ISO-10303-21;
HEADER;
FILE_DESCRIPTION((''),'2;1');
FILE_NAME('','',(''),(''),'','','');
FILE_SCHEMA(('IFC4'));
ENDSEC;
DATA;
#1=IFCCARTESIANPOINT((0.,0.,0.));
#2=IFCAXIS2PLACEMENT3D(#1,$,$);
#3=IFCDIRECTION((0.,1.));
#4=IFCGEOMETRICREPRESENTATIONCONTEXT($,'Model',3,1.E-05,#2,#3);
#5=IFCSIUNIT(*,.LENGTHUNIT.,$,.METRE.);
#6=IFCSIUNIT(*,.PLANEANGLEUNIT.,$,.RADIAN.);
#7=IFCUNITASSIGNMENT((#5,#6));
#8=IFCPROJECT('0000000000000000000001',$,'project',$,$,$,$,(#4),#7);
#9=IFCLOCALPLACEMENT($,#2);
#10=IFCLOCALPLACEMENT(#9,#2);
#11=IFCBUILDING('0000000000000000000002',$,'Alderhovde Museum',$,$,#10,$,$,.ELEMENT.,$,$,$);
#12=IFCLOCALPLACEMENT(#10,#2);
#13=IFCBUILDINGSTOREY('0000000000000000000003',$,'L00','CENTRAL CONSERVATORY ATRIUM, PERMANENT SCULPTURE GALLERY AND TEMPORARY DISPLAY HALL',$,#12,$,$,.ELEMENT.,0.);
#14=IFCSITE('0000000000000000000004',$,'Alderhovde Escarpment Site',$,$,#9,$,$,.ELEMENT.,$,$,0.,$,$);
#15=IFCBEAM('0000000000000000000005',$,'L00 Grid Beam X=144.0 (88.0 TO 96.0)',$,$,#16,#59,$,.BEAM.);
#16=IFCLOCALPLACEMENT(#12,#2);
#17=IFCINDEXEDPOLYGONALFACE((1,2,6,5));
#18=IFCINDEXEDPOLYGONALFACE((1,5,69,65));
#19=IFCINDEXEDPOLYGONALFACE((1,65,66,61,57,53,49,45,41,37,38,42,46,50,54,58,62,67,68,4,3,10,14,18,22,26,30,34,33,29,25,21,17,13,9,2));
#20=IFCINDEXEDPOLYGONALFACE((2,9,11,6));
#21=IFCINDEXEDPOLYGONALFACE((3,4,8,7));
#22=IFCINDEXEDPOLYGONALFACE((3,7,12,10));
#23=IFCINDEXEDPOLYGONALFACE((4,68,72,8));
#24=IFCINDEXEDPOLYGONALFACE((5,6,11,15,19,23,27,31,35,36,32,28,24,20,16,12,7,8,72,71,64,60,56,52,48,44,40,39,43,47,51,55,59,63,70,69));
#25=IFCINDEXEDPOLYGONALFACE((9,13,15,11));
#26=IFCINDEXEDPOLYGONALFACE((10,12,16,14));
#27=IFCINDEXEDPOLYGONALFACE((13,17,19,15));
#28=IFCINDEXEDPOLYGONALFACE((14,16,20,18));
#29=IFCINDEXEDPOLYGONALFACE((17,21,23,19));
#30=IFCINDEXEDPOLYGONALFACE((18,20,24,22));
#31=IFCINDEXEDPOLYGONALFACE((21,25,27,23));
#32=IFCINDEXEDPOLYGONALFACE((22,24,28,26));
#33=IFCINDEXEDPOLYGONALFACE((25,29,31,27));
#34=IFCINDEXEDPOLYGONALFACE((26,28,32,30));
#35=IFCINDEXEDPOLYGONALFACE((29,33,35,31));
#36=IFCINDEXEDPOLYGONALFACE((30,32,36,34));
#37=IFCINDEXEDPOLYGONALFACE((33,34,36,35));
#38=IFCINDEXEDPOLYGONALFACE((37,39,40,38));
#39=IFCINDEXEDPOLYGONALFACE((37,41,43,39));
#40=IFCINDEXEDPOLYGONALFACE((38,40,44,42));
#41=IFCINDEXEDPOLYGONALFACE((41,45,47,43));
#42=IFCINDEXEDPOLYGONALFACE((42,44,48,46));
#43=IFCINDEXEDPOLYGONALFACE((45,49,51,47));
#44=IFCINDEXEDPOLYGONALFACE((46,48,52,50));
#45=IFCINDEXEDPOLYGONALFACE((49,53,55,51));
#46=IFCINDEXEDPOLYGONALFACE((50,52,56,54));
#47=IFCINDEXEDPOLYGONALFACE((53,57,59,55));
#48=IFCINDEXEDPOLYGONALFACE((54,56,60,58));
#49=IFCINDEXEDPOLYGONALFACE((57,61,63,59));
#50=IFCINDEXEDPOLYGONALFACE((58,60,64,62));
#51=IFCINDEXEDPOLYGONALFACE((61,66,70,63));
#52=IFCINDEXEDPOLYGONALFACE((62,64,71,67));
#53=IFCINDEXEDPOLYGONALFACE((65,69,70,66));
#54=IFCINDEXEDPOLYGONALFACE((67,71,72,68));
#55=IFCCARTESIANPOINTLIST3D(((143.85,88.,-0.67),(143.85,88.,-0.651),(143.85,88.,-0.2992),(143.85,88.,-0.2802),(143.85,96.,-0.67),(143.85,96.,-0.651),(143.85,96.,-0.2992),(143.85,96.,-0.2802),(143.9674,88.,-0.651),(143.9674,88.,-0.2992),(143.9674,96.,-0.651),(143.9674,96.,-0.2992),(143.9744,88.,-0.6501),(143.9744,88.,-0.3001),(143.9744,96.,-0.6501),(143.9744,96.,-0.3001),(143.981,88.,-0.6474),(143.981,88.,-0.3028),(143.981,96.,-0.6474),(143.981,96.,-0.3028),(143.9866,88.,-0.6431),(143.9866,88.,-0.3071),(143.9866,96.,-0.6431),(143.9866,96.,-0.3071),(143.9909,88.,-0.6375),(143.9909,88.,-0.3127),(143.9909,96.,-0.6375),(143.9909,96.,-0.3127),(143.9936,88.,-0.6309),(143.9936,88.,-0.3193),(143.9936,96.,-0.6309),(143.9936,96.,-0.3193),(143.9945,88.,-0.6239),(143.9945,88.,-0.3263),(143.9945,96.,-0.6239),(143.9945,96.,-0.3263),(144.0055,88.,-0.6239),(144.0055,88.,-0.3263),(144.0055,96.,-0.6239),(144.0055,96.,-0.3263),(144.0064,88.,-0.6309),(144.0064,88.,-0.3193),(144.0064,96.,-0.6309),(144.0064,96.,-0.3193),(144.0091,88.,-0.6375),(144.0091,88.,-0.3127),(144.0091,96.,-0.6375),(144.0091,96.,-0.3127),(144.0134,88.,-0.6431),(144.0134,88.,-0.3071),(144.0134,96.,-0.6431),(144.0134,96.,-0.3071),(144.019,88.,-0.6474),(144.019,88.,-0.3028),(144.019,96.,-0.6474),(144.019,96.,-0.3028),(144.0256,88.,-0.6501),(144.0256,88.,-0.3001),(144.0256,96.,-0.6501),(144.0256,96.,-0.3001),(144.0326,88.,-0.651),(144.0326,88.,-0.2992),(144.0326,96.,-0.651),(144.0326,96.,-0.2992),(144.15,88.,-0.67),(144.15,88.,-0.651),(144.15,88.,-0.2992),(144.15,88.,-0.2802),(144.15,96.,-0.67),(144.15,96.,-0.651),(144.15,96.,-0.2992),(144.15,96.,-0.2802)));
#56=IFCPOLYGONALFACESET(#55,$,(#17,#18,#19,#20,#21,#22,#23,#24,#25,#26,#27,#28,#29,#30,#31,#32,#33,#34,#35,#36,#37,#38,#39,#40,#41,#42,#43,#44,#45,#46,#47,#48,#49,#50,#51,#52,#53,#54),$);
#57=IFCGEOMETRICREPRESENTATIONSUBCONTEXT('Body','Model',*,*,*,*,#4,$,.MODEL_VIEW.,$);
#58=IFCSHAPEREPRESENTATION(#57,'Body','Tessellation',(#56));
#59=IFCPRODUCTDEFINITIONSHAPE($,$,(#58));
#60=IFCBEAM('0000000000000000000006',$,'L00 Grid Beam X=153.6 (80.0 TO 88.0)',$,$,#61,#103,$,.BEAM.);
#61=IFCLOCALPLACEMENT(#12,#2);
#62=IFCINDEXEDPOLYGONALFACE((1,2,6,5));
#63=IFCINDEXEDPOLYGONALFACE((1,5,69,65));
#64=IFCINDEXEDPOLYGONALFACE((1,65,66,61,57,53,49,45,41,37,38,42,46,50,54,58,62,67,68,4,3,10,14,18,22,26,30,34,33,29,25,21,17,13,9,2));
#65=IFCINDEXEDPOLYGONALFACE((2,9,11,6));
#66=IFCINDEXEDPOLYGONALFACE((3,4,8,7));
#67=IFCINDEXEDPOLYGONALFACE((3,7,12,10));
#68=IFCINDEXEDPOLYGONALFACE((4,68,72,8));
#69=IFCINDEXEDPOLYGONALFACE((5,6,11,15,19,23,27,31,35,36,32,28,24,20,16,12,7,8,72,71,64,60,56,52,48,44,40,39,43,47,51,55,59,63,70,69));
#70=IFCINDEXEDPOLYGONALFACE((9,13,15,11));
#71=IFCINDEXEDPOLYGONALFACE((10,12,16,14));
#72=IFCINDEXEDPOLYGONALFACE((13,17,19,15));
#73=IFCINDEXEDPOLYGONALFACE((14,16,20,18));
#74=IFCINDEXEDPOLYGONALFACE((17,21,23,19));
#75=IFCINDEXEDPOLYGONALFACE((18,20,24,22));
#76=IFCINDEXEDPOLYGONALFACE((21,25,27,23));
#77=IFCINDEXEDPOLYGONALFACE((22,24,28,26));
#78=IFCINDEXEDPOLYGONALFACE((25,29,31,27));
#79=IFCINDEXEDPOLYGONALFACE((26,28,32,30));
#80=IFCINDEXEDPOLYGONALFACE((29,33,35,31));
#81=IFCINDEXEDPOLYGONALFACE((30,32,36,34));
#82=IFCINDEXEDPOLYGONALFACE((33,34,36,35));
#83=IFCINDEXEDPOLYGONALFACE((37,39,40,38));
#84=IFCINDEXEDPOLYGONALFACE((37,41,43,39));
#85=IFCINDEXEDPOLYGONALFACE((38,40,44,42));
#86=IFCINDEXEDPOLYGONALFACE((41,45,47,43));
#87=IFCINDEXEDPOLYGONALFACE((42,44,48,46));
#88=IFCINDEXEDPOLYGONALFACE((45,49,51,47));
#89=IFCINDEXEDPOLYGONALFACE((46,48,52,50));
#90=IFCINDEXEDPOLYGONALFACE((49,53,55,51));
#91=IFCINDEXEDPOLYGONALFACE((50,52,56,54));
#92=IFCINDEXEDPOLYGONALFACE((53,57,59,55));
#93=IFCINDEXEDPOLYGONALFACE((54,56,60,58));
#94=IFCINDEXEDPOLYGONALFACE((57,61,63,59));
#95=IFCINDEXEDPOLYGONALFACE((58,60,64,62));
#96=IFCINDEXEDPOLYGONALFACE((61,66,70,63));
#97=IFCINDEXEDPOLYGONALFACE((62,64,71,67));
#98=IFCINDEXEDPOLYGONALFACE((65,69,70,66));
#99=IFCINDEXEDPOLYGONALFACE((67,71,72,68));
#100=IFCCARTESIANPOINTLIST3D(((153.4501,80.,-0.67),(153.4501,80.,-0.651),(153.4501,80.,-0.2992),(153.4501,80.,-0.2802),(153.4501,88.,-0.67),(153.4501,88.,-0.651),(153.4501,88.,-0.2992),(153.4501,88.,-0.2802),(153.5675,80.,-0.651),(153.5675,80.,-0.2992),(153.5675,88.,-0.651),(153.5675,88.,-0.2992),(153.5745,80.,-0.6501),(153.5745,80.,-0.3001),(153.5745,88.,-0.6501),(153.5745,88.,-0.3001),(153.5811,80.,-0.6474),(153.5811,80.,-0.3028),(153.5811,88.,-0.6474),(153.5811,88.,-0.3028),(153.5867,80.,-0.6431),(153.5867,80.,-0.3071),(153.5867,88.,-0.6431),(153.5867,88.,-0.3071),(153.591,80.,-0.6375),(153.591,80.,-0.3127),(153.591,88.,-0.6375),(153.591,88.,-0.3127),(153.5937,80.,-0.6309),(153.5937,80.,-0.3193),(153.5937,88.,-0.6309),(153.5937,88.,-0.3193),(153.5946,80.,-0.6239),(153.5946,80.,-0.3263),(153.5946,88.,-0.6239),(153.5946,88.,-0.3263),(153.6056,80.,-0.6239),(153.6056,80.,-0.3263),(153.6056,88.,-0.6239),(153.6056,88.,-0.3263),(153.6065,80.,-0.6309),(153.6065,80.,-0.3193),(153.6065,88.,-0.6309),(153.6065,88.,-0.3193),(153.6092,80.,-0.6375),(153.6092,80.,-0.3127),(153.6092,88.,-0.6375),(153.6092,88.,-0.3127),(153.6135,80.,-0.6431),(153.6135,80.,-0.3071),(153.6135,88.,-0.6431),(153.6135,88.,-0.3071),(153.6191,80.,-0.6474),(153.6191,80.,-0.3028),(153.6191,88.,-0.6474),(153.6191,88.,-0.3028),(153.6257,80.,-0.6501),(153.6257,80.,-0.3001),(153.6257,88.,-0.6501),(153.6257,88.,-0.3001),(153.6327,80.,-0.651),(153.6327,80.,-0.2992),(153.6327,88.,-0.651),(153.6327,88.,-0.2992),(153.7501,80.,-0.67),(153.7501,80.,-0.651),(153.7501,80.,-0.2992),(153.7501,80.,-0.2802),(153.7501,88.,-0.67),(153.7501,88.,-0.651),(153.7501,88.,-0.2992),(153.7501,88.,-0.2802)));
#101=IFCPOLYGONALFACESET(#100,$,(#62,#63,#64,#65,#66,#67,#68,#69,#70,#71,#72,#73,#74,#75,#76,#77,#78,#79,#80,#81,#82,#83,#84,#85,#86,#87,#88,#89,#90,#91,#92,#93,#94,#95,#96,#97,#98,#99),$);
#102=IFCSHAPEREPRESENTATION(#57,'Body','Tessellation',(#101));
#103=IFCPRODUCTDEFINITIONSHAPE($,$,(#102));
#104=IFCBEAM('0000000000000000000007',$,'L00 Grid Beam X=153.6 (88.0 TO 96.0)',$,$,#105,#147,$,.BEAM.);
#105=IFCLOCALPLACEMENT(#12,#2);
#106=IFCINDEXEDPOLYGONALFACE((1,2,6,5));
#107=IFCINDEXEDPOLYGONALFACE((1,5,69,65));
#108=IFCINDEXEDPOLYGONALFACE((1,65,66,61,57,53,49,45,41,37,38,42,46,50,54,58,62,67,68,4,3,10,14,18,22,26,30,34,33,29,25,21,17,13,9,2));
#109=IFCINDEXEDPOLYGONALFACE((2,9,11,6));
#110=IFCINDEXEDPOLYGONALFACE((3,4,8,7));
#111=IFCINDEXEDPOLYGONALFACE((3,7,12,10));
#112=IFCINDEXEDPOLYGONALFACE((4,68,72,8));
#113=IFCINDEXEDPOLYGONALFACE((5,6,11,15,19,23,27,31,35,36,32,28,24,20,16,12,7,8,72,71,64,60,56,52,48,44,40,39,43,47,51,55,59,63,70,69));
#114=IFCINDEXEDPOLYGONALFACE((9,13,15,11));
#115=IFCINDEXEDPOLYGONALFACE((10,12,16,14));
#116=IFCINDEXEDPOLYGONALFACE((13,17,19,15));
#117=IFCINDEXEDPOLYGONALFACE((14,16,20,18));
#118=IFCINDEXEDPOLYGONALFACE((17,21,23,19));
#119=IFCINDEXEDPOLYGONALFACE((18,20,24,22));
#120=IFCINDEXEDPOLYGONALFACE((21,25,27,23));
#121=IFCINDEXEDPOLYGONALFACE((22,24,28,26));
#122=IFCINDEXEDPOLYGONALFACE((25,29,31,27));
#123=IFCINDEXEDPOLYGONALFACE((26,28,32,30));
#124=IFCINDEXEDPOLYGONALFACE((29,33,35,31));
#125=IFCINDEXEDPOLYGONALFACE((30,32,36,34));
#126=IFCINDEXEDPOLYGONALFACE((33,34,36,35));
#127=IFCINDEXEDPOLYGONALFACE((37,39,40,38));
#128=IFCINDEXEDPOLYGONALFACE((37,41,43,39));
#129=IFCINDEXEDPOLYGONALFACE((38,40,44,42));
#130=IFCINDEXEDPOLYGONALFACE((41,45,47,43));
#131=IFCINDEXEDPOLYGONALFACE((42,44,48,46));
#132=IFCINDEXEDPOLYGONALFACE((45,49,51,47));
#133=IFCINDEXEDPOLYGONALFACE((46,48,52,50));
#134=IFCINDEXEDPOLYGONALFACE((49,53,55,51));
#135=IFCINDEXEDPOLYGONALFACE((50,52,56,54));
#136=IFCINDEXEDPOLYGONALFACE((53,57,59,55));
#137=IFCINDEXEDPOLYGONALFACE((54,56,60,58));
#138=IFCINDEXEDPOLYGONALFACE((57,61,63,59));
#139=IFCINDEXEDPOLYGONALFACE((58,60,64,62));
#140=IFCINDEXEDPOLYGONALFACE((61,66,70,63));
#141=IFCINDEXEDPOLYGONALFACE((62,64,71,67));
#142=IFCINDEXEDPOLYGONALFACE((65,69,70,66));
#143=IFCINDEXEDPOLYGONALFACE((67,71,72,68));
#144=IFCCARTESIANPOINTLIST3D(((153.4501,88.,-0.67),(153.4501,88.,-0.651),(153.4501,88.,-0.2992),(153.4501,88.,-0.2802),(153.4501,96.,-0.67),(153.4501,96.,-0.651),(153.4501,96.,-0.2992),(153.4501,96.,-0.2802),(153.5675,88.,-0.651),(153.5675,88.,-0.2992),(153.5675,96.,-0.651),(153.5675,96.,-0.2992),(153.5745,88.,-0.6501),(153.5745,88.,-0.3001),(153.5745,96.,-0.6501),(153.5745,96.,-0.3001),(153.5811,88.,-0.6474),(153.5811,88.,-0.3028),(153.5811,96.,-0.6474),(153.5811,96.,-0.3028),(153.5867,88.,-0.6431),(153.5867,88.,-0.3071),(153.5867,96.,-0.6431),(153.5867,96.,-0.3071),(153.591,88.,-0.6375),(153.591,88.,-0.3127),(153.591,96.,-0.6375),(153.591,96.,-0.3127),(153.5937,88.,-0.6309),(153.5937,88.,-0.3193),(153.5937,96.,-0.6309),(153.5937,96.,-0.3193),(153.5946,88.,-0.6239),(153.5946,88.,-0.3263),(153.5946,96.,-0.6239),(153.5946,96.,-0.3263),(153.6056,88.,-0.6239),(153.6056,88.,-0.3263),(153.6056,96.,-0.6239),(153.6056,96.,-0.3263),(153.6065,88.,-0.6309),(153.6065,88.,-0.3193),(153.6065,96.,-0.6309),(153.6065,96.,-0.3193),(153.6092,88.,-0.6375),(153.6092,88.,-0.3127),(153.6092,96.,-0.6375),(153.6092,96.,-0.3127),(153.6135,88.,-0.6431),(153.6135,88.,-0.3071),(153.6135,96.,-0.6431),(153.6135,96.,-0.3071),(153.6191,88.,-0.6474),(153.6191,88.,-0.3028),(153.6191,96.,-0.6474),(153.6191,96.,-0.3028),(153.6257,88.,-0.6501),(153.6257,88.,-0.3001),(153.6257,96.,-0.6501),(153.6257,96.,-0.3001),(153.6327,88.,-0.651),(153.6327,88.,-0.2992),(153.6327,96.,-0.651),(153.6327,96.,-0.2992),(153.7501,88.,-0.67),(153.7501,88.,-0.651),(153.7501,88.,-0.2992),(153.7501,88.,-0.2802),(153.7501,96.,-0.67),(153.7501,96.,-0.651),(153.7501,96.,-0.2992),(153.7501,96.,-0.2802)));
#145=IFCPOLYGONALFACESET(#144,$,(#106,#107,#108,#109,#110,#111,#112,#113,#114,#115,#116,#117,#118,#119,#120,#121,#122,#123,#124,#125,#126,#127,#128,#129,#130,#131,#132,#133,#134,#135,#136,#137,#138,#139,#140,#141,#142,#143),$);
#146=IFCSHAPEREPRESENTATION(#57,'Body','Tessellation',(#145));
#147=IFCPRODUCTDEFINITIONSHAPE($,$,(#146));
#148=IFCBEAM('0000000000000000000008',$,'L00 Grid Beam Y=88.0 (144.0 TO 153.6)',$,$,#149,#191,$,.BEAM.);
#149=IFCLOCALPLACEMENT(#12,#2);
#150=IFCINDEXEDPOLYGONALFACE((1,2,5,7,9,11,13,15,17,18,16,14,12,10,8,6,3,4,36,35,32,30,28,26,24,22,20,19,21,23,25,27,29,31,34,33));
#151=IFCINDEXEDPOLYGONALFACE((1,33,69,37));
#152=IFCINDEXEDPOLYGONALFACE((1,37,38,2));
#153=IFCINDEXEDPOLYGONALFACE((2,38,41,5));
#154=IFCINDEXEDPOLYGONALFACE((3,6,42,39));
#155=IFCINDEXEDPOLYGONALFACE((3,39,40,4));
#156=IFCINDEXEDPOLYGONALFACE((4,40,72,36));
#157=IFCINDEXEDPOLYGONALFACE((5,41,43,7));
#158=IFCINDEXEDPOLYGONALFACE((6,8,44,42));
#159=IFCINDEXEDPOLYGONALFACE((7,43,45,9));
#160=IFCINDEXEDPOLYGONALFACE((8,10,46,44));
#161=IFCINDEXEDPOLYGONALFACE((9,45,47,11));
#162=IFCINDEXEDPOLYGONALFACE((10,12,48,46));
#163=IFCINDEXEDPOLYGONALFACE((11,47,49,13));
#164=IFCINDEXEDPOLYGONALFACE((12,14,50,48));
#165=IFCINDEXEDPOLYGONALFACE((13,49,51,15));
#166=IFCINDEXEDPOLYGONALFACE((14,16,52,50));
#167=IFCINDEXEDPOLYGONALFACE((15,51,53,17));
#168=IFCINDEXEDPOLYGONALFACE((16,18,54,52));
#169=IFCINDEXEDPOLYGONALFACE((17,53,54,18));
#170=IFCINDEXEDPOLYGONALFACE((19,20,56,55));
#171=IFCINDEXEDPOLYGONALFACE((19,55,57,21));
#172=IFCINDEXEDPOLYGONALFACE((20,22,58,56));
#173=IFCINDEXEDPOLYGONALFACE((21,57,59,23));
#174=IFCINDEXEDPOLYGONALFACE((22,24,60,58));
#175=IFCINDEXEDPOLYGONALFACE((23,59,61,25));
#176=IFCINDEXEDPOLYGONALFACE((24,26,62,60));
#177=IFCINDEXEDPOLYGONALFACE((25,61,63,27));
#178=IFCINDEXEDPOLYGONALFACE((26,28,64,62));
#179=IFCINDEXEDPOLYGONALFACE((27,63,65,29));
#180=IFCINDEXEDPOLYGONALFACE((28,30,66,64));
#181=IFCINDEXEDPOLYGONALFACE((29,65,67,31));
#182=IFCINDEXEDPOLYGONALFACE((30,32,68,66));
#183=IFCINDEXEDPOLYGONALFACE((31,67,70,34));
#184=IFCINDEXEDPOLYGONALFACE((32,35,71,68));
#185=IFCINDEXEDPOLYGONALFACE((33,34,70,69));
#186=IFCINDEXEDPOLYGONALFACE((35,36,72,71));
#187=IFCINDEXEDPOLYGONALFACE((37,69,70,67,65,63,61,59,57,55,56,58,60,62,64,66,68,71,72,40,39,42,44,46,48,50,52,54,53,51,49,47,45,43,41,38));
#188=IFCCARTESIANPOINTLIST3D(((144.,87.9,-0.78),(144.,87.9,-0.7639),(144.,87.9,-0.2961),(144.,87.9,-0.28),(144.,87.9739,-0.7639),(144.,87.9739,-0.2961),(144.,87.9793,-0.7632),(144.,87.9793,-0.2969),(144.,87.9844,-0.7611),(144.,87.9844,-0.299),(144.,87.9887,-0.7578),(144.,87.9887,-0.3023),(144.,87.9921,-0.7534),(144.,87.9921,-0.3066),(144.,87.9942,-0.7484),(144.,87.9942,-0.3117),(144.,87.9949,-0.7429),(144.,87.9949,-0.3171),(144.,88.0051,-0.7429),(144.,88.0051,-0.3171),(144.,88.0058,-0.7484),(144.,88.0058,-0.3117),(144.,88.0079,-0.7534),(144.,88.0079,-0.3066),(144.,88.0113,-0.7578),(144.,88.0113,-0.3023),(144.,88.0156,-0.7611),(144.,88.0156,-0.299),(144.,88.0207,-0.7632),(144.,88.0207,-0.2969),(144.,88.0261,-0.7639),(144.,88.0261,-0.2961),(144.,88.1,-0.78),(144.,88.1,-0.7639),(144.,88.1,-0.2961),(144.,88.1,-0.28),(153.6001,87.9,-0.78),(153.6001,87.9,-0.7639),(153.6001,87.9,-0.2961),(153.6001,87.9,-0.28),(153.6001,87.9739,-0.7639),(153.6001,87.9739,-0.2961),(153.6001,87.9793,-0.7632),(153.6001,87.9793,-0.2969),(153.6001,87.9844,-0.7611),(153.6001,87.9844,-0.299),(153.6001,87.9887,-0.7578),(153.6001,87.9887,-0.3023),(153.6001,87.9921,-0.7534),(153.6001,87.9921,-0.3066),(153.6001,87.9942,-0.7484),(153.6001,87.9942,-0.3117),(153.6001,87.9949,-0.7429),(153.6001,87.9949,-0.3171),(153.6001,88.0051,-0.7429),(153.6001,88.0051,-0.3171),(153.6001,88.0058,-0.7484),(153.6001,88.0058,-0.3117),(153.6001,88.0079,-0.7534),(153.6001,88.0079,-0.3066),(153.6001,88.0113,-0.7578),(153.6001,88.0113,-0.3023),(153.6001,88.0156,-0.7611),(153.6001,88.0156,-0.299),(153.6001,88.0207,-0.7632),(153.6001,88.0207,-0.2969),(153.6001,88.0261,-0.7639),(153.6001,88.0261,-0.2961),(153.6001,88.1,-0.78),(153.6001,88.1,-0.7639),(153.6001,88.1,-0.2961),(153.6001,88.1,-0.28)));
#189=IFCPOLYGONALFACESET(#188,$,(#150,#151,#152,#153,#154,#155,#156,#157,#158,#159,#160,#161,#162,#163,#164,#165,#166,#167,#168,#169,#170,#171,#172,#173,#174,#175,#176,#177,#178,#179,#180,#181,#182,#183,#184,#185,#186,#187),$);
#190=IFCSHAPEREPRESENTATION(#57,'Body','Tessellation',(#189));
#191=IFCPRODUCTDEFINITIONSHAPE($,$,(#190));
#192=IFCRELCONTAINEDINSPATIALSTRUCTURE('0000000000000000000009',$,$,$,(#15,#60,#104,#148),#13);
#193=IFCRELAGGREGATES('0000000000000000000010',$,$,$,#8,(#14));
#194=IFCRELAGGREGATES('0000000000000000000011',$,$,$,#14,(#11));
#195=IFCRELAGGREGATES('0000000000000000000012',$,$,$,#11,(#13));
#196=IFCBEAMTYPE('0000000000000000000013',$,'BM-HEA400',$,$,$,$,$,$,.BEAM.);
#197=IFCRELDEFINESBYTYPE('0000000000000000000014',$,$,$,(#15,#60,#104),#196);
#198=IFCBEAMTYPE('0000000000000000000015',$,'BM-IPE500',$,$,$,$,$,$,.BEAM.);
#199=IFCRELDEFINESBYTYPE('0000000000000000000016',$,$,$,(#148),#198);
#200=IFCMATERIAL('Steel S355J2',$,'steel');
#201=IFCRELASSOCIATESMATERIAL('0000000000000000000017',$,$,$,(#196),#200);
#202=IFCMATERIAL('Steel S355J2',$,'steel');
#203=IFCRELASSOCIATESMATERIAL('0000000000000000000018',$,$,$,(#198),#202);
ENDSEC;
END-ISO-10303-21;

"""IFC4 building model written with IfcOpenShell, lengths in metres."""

from ifc_helpers import new_model, si_unit, direction, frame, origin, origin_2d, place, context, subcontext, project, spatial, i_section, extrude, material, material_profile, profile_set, type_object, element, save


model = new_model("IFC4")

# Units and contexts
model_context = context("Model", 3, precision=1e-05, world=origin(), true_north=direction((0.0, 1.0)))
body_context = subcontext(model_context, "Body", "Model", "MODEL_VIEW")
ifc_project = project(units=[si_unit("LENGTHUNIT", "METRE"), si_unit("PLANEANGLEUNIT", "RADIAN")], contexts=[model_context])

# Site, building, storey
site_placement = place(None, origin())
site = spatial("IfcSite", under=ifc_project, at=site_placement, Name="Alderhovde Escarpment Site", CompositionType="ELEMENT", RefElevation=0.0)
building_placement = place(site_placement, origin())
building = spatial("IfcBuilding", under=site, at=building_placement, Name="Alderhovde Museum", CompositionType="ELEMENT")
storey_placement = place(building_placement, origin())
storey = spatial("IfcBuildingStorey", under=building, at=storey_placement, Name="L00", Description="CENTRAL CONSERVATORY ATRIUM, PERMANENT SCULPTURE GALLERY AND TEMPORARY DISPLAY HALL", CompositionType="ELEMENT", Elevation=0.0)

# Beams
ifc_material_1 = material(Name="Steel S355J2", Category="steel")
ifc_material_profile_1 = material_profile(ifc_material_1, i_section(OverallWidth=0.3, OverallDepth=0.3899, WebThickness=0.011, FlangeThickness=0.019, FilletRadius=0.0271, at=origin_2d()), Name="HEA 400")
ifc_profile_set_1 = profile_set([ifc_material_profile_1], Name="Steel S355J2")
beam_type_1 = type_object("IfcBeamType", Name="BM-HEA400", PredefinedType="BEAM", material=ifc_profile_set_1)
for number, where, z_axis, x_axis, name in (
    (1, (144.0, 88.0, -0.4751), (0.0, 1.0, 0.0), (-1.0, 0.0, 0.0), "L00 Grid Beam X=144.0 (88.0 TO 96.0)"),
    (2, (153.6001, 80.0, -0.4751), (0.0, 1.0, 0.0), (-1.0, 0.0, 0.0), "L00 Grid Beam X=153.6 (80.0 TO 88.0)"),
    (3, (153.6001, 88.0, -0.4751), (0.0, 1.0, 0.0), (-1.0, 0.0, 0.0), "L00 Grid Beam X=153.6 (88.0 TO 96.0)"),
):
    element("IfcBeam", number, at=place(storey_placement, frame(where, z_axis=z_axis, x_axis=x_axis)), inside=storey, type_object=beam_type_1, Name=name, PredefinedType="BEAM", context=body_context, shape_type="SweptSolid", body=[
        extrude(i_section(OverallWidth=0.3, OverallDepth=0.3899, WebThickness=0.011, FlangeThickness=0.019, FilletRadius=0.0271, at=origin_2d()), origin(), (0.0, 0.0, 1.0), 8.0),
    ])
ifc_material_2 = material(Name="Steel S355J2", Category="steel")
ifc_material_profile_2 = material_profile(ifc_material_2, i_section(OverallWidth=0.2, OverallDepth=0.5, WebThickness=0.0103, FlangeThickness=0.0161, FilletRadius=0.021, at=origin_2d()), Name="IPE 500")
ifc_profile_set_2 = profile_set([ifc_material_profile_2], Name="Steel S355J2")
beam_type_2 = type_object("IfcBeamType", Name="BM-IPE500", PredefinedType="BEAM", material=ifc_profile_set_2)
beam_1_placement = place(storey_placement, frame((144.0, 88.0, -0.53), z_axis=(1.0, 0.0, 0.0), x_axis=(0.0, 1.0, 0.0)))
element("IfcBeam", 4, at=beam_1_placement, inside=storey, type_object=beam_type_2, Name="L00 Grid Beam Y=88.0 (144.0 TO 153.6)", PredefinedType="BEAM", context=body_context, shape_type="SweptSolid", body=[
    extrude(i_section(OverallWidth=0.2, OverallDepth=0.5, WebThickness=0.0103, FlangeThickness=0.0161, FilletRadius=0.021, at=origin_2d()), origin(), (0.0, 0.0, 1.0), 9.6001),
])

save(model, "model.ifc")
